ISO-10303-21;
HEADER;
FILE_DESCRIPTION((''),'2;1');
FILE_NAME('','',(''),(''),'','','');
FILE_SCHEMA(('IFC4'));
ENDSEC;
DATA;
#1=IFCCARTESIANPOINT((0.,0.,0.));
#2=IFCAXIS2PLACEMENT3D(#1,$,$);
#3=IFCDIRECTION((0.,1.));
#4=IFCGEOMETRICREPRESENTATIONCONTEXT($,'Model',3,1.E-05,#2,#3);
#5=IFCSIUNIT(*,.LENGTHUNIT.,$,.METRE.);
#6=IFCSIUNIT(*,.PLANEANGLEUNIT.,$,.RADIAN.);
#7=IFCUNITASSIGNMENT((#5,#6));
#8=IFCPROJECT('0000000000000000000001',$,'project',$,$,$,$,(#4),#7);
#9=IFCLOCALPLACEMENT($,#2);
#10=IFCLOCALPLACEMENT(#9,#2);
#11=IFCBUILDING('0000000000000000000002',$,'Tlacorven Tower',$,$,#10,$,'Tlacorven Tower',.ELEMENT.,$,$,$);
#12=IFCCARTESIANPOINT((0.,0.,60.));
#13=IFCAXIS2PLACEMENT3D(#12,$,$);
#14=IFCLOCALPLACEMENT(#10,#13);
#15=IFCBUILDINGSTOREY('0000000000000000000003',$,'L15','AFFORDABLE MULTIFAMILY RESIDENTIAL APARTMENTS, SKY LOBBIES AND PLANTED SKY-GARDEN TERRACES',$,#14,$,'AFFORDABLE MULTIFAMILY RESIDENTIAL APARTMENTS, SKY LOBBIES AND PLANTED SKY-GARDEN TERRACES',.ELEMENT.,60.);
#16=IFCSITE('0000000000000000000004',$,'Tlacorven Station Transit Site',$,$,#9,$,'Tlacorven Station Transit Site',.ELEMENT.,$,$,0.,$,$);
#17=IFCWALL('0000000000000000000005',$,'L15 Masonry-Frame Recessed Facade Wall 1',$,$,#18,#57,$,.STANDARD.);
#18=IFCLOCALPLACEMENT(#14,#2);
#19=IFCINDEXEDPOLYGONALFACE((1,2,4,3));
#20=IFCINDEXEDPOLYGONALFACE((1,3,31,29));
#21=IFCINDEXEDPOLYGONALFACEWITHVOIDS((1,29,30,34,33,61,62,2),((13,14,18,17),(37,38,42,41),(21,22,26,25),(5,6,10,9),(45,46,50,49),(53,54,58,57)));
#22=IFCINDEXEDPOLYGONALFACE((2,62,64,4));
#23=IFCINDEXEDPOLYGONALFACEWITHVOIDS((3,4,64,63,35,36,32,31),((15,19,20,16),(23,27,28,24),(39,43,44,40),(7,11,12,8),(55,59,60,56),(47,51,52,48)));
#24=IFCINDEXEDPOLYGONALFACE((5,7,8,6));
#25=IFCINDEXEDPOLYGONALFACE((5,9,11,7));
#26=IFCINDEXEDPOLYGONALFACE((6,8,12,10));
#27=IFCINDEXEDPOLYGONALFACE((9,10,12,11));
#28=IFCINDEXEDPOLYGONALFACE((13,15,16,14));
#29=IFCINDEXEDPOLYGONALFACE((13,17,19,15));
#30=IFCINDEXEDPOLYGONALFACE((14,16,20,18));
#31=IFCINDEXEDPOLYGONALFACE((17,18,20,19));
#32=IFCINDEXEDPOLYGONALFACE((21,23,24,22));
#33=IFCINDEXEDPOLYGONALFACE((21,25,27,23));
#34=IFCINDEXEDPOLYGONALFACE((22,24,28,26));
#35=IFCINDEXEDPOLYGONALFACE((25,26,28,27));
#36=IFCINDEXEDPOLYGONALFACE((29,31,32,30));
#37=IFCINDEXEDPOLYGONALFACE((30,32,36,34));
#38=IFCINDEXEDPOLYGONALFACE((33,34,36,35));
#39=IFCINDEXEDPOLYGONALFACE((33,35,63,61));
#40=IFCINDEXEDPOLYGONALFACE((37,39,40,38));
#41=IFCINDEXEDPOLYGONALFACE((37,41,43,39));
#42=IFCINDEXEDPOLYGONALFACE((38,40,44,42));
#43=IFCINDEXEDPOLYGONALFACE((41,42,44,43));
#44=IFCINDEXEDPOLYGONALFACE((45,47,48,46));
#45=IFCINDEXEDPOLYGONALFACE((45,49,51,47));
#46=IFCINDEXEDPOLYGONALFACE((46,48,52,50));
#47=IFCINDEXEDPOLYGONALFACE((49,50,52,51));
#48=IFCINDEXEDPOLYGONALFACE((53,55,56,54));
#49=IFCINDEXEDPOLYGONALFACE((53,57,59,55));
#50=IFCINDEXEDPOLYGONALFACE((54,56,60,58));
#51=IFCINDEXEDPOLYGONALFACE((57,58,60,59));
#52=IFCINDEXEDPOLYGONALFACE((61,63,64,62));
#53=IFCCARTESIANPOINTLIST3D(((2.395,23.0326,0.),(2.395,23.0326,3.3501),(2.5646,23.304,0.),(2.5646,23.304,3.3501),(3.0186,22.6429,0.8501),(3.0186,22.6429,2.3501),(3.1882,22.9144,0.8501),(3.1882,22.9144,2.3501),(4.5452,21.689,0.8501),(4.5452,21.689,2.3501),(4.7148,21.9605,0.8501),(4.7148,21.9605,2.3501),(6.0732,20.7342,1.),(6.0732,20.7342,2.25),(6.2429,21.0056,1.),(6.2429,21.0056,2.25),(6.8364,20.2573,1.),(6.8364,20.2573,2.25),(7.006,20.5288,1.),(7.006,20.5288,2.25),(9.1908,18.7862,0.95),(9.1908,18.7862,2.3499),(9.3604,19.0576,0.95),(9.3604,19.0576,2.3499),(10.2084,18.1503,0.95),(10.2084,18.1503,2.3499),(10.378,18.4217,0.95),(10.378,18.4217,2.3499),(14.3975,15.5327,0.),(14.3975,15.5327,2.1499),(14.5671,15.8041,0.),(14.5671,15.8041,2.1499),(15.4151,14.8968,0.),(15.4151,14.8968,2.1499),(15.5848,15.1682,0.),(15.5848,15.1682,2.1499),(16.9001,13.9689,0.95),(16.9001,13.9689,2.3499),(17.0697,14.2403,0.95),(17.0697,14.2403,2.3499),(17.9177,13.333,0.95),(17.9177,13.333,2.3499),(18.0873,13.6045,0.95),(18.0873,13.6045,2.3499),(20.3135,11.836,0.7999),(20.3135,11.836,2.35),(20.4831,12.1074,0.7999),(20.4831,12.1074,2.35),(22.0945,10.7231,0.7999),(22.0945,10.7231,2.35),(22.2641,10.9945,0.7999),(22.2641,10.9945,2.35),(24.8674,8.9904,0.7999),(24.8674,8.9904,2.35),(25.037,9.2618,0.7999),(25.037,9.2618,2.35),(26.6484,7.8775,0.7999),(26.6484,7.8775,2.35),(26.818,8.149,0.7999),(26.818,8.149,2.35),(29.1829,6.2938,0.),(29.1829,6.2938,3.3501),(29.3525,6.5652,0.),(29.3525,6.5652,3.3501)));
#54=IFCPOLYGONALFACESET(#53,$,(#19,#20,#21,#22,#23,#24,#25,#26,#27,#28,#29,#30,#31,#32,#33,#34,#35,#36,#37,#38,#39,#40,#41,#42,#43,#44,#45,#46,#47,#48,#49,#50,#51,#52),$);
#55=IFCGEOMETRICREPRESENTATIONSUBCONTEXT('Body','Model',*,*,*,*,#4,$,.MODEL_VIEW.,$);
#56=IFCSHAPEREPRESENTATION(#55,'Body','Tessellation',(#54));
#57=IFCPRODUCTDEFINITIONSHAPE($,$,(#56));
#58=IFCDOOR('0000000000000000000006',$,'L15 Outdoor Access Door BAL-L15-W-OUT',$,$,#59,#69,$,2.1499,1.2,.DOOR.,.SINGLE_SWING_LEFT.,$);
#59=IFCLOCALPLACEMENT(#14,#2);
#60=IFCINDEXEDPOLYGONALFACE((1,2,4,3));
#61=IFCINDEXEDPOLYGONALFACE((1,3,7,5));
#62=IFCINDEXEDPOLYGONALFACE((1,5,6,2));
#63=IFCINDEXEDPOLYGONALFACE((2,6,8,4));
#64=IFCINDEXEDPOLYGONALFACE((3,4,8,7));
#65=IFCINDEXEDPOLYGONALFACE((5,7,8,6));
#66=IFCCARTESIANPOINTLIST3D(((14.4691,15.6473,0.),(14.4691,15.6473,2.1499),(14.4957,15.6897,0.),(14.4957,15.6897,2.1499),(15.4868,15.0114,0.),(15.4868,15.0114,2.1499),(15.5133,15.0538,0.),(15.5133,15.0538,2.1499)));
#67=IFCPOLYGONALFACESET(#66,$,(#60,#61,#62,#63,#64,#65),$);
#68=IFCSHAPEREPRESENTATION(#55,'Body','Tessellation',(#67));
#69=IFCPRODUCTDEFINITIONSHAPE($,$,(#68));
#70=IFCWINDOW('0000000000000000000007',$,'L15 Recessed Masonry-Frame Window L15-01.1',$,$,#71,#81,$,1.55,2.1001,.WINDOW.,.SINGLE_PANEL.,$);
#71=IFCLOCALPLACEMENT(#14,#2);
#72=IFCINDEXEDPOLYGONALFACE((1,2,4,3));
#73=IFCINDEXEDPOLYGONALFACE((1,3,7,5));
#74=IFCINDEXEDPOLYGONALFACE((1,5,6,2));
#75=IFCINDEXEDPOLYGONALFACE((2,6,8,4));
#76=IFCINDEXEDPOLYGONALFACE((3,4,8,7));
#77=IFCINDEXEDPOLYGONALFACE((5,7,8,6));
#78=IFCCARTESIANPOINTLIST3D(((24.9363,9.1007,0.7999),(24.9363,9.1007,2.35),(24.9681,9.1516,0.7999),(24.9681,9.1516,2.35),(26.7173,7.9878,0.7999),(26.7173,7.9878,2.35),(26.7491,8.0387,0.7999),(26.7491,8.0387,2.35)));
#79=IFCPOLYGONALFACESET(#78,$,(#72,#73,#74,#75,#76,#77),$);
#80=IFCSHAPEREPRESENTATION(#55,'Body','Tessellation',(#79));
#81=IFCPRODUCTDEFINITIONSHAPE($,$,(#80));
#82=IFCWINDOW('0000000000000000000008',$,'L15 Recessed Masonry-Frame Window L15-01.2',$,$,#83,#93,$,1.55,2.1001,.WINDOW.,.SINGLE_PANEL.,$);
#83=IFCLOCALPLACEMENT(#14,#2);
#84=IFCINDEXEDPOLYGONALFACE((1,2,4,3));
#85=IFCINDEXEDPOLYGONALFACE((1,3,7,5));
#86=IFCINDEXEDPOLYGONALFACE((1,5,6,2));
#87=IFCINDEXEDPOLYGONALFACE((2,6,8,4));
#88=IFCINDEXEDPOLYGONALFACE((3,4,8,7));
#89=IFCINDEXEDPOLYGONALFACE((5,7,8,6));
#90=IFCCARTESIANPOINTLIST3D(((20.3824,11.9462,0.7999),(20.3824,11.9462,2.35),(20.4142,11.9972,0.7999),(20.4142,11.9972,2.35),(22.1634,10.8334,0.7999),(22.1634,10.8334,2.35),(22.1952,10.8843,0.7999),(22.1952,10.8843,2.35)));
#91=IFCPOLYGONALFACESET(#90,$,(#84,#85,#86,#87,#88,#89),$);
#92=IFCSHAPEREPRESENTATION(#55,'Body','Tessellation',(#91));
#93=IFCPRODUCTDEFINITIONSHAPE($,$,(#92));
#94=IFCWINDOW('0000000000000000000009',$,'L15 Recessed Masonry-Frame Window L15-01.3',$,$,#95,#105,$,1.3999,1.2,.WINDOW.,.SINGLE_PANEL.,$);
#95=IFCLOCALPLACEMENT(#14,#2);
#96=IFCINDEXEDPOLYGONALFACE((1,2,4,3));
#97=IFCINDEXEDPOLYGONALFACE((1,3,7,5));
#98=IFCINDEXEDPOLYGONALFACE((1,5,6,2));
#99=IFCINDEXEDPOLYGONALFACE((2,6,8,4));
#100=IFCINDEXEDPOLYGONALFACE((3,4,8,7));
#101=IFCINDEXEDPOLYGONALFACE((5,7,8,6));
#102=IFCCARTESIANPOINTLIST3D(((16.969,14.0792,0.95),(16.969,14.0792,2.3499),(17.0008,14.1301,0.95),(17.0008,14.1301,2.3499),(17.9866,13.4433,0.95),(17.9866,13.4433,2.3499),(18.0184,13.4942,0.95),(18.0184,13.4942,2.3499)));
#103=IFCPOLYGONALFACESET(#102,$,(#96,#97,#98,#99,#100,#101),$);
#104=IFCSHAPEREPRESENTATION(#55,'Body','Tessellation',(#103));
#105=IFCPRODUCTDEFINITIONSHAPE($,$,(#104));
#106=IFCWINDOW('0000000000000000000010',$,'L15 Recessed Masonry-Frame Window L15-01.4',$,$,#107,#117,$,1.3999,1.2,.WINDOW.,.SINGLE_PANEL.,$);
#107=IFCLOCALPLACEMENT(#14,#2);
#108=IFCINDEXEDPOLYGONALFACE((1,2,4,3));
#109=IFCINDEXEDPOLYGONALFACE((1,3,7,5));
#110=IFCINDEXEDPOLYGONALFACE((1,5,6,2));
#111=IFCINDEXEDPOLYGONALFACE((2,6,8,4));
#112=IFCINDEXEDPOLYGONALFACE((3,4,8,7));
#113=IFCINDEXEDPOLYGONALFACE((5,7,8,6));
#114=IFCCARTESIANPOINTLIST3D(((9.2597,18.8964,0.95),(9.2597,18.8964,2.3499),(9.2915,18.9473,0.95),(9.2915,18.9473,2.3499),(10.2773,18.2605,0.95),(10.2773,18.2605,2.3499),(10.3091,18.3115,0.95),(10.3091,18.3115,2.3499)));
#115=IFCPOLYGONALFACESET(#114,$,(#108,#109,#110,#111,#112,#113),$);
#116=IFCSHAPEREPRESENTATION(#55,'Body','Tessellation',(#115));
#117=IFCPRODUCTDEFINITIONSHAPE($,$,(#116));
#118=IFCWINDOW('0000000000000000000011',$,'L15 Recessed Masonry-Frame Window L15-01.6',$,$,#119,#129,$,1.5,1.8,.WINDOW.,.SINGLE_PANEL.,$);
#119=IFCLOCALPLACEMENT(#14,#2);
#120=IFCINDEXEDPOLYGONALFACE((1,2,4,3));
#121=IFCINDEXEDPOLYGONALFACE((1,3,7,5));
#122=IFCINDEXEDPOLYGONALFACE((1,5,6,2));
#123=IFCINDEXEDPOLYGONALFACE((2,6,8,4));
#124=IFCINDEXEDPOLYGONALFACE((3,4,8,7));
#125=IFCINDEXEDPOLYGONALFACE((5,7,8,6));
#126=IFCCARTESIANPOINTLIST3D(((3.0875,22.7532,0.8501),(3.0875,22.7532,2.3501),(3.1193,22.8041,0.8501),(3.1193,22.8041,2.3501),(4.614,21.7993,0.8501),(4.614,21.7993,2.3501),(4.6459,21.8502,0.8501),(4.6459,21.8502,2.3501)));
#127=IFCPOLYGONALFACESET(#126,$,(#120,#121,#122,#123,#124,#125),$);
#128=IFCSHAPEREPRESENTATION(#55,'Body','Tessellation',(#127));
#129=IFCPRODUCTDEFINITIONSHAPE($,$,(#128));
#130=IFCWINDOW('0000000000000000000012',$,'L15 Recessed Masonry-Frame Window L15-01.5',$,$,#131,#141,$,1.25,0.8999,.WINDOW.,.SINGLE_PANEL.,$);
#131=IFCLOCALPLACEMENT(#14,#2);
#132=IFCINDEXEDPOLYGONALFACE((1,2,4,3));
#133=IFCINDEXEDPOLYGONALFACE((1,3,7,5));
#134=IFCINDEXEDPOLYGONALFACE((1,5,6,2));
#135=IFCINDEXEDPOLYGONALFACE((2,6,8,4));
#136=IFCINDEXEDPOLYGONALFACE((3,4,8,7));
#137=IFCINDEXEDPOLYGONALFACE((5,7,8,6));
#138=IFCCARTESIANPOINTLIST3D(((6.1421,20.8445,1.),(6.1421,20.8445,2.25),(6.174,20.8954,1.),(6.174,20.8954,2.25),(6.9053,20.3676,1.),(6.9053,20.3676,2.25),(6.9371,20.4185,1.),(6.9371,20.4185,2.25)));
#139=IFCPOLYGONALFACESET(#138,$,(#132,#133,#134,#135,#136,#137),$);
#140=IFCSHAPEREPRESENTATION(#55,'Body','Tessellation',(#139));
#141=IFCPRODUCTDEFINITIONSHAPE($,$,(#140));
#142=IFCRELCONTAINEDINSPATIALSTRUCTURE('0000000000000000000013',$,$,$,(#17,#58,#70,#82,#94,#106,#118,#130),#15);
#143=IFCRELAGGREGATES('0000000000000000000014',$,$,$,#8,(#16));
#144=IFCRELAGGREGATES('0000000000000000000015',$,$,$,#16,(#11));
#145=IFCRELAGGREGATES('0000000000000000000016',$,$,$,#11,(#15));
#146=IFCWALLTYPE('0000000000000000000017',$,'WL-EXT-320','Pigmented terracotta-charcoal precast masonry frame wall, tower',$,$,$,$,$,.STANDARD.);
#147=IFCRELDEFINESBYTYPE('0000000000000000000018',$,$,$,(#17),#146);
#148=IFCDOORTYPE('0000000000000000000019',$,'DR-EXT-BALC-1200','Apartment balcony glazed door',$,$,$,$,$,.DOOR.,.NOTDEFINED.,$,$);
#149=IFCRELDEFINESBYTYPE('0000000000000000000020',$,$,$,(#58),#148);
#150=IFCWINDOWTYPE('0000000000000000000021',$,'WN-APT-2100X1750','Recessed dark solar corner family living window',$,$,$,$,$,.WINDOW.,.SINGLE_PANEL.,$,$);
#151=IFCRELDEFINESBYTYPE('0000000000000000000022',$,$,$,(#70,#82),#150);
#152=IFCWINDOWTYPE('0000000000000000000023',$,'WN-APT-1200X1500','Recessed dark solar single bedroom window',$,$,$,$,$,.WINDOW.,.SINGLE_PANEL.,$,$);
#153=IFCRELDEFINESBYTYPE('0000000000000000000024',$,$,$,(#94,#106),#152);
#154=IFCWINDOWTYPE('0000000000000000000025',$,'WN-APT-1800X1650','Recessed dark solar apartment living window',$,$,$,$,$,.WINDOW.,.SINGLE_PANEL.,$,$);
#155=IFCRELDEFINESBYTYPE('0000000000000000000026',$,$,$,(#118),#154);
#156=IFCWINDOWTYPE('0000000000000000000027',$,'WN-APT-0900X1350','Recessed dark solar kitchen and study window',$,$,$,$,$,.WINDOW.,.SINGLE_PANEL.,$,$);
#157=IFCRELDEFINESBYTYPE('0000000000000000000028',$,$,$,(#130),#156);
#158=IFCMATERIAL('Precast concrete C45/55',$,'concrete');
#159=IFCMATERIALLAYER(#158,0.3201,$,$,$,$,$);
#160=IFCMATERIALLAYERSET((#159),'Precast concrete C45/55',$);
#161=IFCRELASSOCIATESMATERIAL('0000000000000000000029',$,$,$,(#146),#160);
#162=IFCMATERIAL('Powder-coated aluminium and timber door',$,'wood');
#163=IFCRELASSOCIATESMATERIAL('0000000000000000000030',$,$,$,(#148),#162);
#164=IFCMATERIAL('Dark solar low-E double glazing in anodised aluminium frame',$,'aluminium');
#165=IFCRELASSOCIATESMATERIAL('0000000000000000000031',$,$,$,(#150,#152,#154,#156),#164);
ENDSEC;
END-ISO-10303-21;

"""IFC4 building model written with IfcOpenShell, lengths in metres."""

from ifc_helpers import new_model, si_unit, direction, frame, frame_2d, origin, place, context, subcontext, project, spatial, rectangle, extrude, source, transform, mapped, material, layer, layer_set, type_object, element, fill, save


model = new_model("IFC4")

# Units and contexts
model_context = context("Model", 3, precision=1e-05, world=origin(), true_north=direction((0.0, 1.0)))
body_context = subcontext(model_context, "Body", "Model", "MODEL_VIEW")
ifc_project = project(units=[si_unit("LENGTHUNIT", "METRE"), si_unit("PLANEANGLEUNIT", "RADIAN")], contexts=[model_context])

# Site, building, storey
site_placement = place(None, origin())
site = spatial("IfcSite", under=ifc_project, at=site_placement, Name="Tlacorven Station Transit Site", LongName="Tlacorven Station Transit Site", CompositionType="ELEMENT", RefElevation=0.0)
building_placement = place(site_placement, origin())
building = spatial("IfcBuilding", under=site, at=building_placement, Name="Tlacorven Tower", LongName="Tlacorven Tower", CompositionType="ELEMENT")
storey_placement = place(building_placement, frame((0.0, 0.0, 60.0)))
storey = spatial("IfcBuildingStorey", under=building, at=storey_placement, Name="L15", Description="AFFORDABLE MULTIFAMILY RESIDENTIAL APARTMENTS, SKY LOBBIES AND PLANTED SKY-GARDEN TERRACES", LongName="AFFORDABLE MULTIFAMILY RESIDENTIAL APARTMENTS, SKY LOBBIES AND PLANTED SKY-GARDEN TERRACES", CompositionType="ELEMENT", Elevation=60.0)

# Wall, openings, door, windows
ifc_material_1 = material(Name="Precast concrete C45/55", Category="concrete")
ifc_layer_1 = layer(ifc_material_1, 0.3201)
ifc_layer_set_1 = layer_set([ifc_layer_1], Name="Precast concrete C45/55")
wall_type_1 = type_object("IfcWallType", Name="WL-EXT-320", Description="Pigmented terracotta-charcoal precast masonry frame wall, tower", PredefinedType="STANDARD", material=ifc_layer_set_1)
wall_1_placement = place(storey_placement, frame((29.2678, 6.4294, 0.0), z_axis=(0.0, 0.0, 1.0), x_axis=(-0.84805, 0.529916, 0.0)))
wall_1 = element("IfcWall", 1, at=wall_1_placement, inside=storey, type_object=wall_type_1, Name="L15 Masonry-Frame Recessed Facade Wall 1", PredefinedType="STANDARD", context=body_context, shape_type="SweptSolid", body=[
    extrude(rectangle(XDim=31.5876, YDim=0.3201, at=frame_2d((15.7939, 0.0))), origin(), (0.0, 0.0, 1.0), 3.3501),
])
opening_1_placement = place(wall_1_placement, frame((16.2346, 0.0, 0.0)))
opening_1 = element("IfcOpeningElement", 2, at=opening_1_placement, cuts=wall_1, PredefinedType="OPENING", context=body_context, shape_type="SweptSolid", body=[
    extrude(rectangle(XDim=1.2, YDim=2.1499, at=frame_2d((0.6001, 1.075))), frame((0.0, 0.1699, 0.0), z_axis=(0.0, -1.0, 0.0), x_axis=(1.0, 0.0, 0.0)), (0.0, 0.0, 1.0), 0.3401),
])
opening_2_placement = place(wall_1_placement, frame((2.9888, 0.0, 0.8)))
opening_2 = element("IfcOpeningElement", 3, at=opening_2_placement, cuts=wall_1, PredefinedType="OPENING", context=body_context, shape_type="SweptSolid", body=[
    extrude(rectangle(XDim=2.1001, YDim=1.55, at=frame_2d((1.05, 0.7749))), frame((0.0, 0.1699, 0.0), z_axis=(0.0, -1.0, 0.0), x_axis=(1.0, 0.0, 0.0)), (0.0, 0.0, 1.0), 0.3401),
])
opening_3_placement = place(wall_1_placement, frame((8.3586, 0.0, 0.8)))
opening_3 = element("IfcOpeningElement", 4, at=opening_3_placement, cuts=wall_1, PredefinedType="OPENING", context=body_context, shape_type="SweptSolid", body=[
    extrude(rectangle(XDim=2.1001, YDim=1.55, at=frame_2d((1.05, 0.7749))), frame((0.0, 0.1699, 0.0), z_axis=(0.0, -1.0, 0.0), x_axis=(1.0, 0.0, 0.0)), (0.0, 0.0, 1.0), 0.3401),
])
opening_4_placement = place(wall_1_placement, frame((13.2837, 0.0, 0.95)))
opening_4 = element("IfcOpeningElement", 5, at=opening_4_placement, cuts=wall_1, PredefinedType="OPENING", context=body_context, shape_type="SweptSolid", body=[
    extrude(rectangle(XDim=1.2, YDim=1.3999, at=frame_2d((0.6001, 0.7))), frame((0.0, 0.1699, 0.0), z_axis=(0.0, -1.0, 0.0), x_axis=(1.0, 0.0, 0.0)), (0.0, 0.0, 1.0), 0.3401),
])
opening_5_placement = place(wall_1_placement, frame((22.3743, 0.0, 0.95)))
opening_5 = element("IfcOpeningElement", 6, at=opening_5_placement, cuts=wall_1, PredefinedType="OPENING", context=body_context, shape_type="SweptSolid", body=[
    extrude(rectangle(XDim=1.2, YDim=1.3999, at=frame_2d((0.6001, 0.7))), frame((0.0, 0.1699, 0.0), z_axis=(0.0, -1.0, 0.0), x_axis=(1.0, 0.0, 0.0)), (0.0, 0.0, 1.0), 0.3401),
])
opening_6_placement = place(wall_1_placement, frame((26.3506, 0.0, 1.0)))
opening_6 = element("IfcOpeningElement", 7, at=opening_6_placement, cuts=wall_1, PredefinedType="OPENING", context=body_context, shape_type="SweptSolid", body=[
    extrude(rectangle(XDim=0.8999, YDim=1.25, at=frame_2d((0.45, 0.625))), frame((0.0, 0.1699, 0.0), z_axis=(0.0, -1.0, 0.0), x_axis=(1.0, 0.0, 0.0)), (0.0, 0.0, 1.0), 0.3401),
])
opening_7_placement = place(wall_1_placement, frame((29.0525, 0.0, 0.8501)))
opening_7 = element("IfcOpeningElement", 8, at=opening_7_placement, cuts=wall_1, PredefinedType="OPENING", context=body_context, shape_type="SweptSolid", body=[
    extrude(rectangle(XDim=1.8, YDim=1.5, at=frame_2d((0.8999, 0.75))), frame((0.0, 0.1699, 0.0), z_axis=(0.0, -1.0, 0.0), x_axis=(1.0, 0.0, 0.0)), (0.0, 0.0, 1.0), 0.3401),
])
ifc_material_2 = material(Name="Powder-coated aluminium and timber door", Category="wood")
door_type_1 = type_object("IfcDoorType", Name="DR-EXT-BALC-1200", Description="Apartment balcony glazed door", OperationType="NOTDEFINED", PredefinedType="DOOR", material=ifc_material_2)
shared_shape_1 = source(origin(), body_context, "Body", "SweptSolid", [
    extrude(rectangle(XDim=1.2, YDim=2.1499, at=frame_2d((0.6001, 1.075))), frame((0.0, 0.0249, 0.0), z_axis=(0.0, -1.0, 0.0), x_axis=(1.0, 0.0, 0.0)), (0.0, 0.0, 1.0), 0.05),
])
door_1_placement = place(opening_1_placement, origin())
door_1 = element("IfcDoor", 9, at=door_1_placement, inside=storey, type_object=door_type_1, Name="L15 Outdoor Access Door BAL-L15-W-OUT", OperationType="SINGLE_SWING_LEFT", OverallHeight=2.1499, OverallWidth=1.2, PredefinedType="DOOR", context=body_context, shape_type="MappedRepresentation", body=[
    mapped(shared_shape_1, transform((0.0, 0.0, 0.0), scale=1.0)),
])
fill(opening_1, door_1)
ifc_material_3 = material(Name="Dark solar low-E double glazing in anodised aluminium frame", Category="aluminium")
window_type_1 = type_object("IfcWindowType", Name="WN-APT-2100X1750", Description="Recessed dark solar corner family living window", PartitioningType="SINGLE_PANEL", PredefinedType="WINDOW", material=ifc_material_3)
shared_shape_2 = source(origin(), body_context, "Body", "SweptSolid", [
    extrude(rectangle(XDim=2.1001, YDim=1.55, at=frame_2d((1.05, 0.7749))), frame((0.0, 0.03, 0.0), z_axis=(0.0, -1.0, 0.0), x_axis=(1.0, 0.0, 0.0)), (0.0, 0.0, 1.0), 0.0601),
])
window_1_placement = place(opening_2_placement, origin())
window_1 = element("IfcWindow", 10, at=window_1_placement, inside=storey, type_object=window_type_1, Name="L15 Recessed Masonry-Frame Window L15-01.1", OverallHeight=1.55, OverallWidth=2.1001, PartitioningType="SINGLE_PANEL", PredefinedType="WINDOW", context=body_context, shape_type="MappedRepresentation", body=[
    mapped(shared_shape_2, transform((0.0, 0.0, 0.0), scale=1.0)),
])
fill(opening_2, window_1)
window_2_placement = place(opening_3_placement, origin())
window_2 = element("IfcWindow", 11, at=window_2_placement, inside=storey, type_object=window_type_1, Name="L15 Recessed Masonry-Frame Window L15-01.2", OverallHeight=1.55, OverallWidth=2.1001, PartitioningType="SINGLE_PANEL", PredefinedType="WINDOW", context=body_context, shape_type="MappedRepresentation", body=[
    mapped(shared_shape_2, transform((0.0, 0.0, 0.0), scale=1.0)),
])
fill(opening_3, window_2)
window_type_2 = type_object("IfcWindowType", Name="WN-APT-1200X1500", Description="Recessed dark solar single bedroom window", PartitioningType="SINGLE_PANEL", PredefinedType="WINDOW", material=ifc_material_3)
shared_shape_3 = source(origin(), body_context, "Body", "SweptSolid", [
    extrude(rectangle(XDim=1.2, YDim=1.3999, at=frame_2d((0.6001, 0.7))), frame((0.0, 0.03, 0.0), z_axis=(0.0, -1.0, 0.0), x_axis=(1.0, 0.0, 0.0)), (0.0, 0.0, 1.0), 0.0601),
])
window_3_placement = place(opening_4_placement, origin())
window_3 = element("IfcWindow", 12, at=window_3_placement, inside=storey, type_object=window_type_2, Name="L15 Recessed Masonry-Frame Window L15-01.3", OverallHeight=1.3999, OverallWidth=1.2, PartitioningType="SINGLE_PANEL", PredefinedType="WINDOW", context=body_context, shape_type="MappedRepresentation", body=[
    mapped(shared_shape_3, transform((0.0, 0.0, 0.0), scale=1.0)),
])
fill(opening_4, window_3)
window_4_placement = place(opening_5_placement, origin())
window_4 = element("IfcWindow", 13, at=window_4_placement, inside=storey, type_object=window_type_2, Name="L15 Recessed Masonry-Frame Window L15-01.4", OverallHeight=1.3999, OverallWidth=1.2, PartitioningType="SINGLE_PANEL", PredefinedType="WINDOW", context=body_context, shape_type="MappedRepresentation", body=[
    mapped(shared_shape_3, transform((0.0, 0.0, 0.0), scale=1.0)),
])
fill(opening_5, window_4)
window_type_3 = type_object("IfcWindowType", Name="WN-APT-1800X1650", Description="Recessed dark solar apartment living window", PartitioningType="SINGLE_PANEL", PredefinedType="WINDOW", material=ifc_material_3)
shared_shape_4 = source(origin(), body_context, "Body", "SweptSolid", [
    extrude(rectangle(XDim=1.8, YDim=1.5, at=frame_2d((0.8999, 0.75))), frame((0.0, 0.03, 0.0), z_axis=(0.0, -1.0, 0.0), x_axis=(1.0, 0.0, 0.0)), (0.0, 0.0, 1.0), 0.0601),
])
window_5_placement = place(opening_7_placement, origin())
window_5 = element("IfcWindow", 14, at=window_5_placement, inside=storey, type_object=window_type_3, Name="L15 Recessed Masonry-Frame Window L15-01.6", OverallHeight=1.5, OverallWidth=1.8, PartitioningType="SINGLE_PANEL", PredefinedType="WINDOW", context=body_context, shape_type="MappedRepresentation", body=[
    mapped(shared_shape_4, transform((0.0, 0.0, 0.0), scale=1.0)),
])
fill(opening_7, window_5)
window_type_4 = type_object("IfcWindowType", Name="WN-APT-0900X1350", Description="Recessed dark solar kitchen and study window", PartitioningType="SINGLE_PANEL", PredefinedType="WINDOW", material=ifc_material_3)
shared_shape_5 = source(origin(), body_context, "Body", "SweptSolid", [
    extrude(rectangle(XDim=0.8999, YDim=1.25, at=frame_2d((0.45, 0.625))), frame((0.0, 0.03, 0.0), z_axis=(0.0, -1.0, 0.0), x_axis=(1.0, 0.0, 0.0)), (0.0, 0.0, 1.0), 0.0601),
])
window_6_placement = place(opening_6_placement, origin())
window_6 = element("IfcWindow", 15, at=window_6_placement, inside=storey, type_object=window_type_4, Name="L15 Recessed Masonry-Frame Window L15-01.5", OverallHeight=1.25, OverallWidth=0.8999, PartitioningType="SINGLE_PANEL", PredefinedType="WINDOW", context=body_context, shape_type="MappedRepresentation", body=[
    mapped(shared_shape_5, transform((0.0, 0.0, 0.0), scale=1.0)),
])
fill(opening_6, window_6)

save(model, "model.ifc")
